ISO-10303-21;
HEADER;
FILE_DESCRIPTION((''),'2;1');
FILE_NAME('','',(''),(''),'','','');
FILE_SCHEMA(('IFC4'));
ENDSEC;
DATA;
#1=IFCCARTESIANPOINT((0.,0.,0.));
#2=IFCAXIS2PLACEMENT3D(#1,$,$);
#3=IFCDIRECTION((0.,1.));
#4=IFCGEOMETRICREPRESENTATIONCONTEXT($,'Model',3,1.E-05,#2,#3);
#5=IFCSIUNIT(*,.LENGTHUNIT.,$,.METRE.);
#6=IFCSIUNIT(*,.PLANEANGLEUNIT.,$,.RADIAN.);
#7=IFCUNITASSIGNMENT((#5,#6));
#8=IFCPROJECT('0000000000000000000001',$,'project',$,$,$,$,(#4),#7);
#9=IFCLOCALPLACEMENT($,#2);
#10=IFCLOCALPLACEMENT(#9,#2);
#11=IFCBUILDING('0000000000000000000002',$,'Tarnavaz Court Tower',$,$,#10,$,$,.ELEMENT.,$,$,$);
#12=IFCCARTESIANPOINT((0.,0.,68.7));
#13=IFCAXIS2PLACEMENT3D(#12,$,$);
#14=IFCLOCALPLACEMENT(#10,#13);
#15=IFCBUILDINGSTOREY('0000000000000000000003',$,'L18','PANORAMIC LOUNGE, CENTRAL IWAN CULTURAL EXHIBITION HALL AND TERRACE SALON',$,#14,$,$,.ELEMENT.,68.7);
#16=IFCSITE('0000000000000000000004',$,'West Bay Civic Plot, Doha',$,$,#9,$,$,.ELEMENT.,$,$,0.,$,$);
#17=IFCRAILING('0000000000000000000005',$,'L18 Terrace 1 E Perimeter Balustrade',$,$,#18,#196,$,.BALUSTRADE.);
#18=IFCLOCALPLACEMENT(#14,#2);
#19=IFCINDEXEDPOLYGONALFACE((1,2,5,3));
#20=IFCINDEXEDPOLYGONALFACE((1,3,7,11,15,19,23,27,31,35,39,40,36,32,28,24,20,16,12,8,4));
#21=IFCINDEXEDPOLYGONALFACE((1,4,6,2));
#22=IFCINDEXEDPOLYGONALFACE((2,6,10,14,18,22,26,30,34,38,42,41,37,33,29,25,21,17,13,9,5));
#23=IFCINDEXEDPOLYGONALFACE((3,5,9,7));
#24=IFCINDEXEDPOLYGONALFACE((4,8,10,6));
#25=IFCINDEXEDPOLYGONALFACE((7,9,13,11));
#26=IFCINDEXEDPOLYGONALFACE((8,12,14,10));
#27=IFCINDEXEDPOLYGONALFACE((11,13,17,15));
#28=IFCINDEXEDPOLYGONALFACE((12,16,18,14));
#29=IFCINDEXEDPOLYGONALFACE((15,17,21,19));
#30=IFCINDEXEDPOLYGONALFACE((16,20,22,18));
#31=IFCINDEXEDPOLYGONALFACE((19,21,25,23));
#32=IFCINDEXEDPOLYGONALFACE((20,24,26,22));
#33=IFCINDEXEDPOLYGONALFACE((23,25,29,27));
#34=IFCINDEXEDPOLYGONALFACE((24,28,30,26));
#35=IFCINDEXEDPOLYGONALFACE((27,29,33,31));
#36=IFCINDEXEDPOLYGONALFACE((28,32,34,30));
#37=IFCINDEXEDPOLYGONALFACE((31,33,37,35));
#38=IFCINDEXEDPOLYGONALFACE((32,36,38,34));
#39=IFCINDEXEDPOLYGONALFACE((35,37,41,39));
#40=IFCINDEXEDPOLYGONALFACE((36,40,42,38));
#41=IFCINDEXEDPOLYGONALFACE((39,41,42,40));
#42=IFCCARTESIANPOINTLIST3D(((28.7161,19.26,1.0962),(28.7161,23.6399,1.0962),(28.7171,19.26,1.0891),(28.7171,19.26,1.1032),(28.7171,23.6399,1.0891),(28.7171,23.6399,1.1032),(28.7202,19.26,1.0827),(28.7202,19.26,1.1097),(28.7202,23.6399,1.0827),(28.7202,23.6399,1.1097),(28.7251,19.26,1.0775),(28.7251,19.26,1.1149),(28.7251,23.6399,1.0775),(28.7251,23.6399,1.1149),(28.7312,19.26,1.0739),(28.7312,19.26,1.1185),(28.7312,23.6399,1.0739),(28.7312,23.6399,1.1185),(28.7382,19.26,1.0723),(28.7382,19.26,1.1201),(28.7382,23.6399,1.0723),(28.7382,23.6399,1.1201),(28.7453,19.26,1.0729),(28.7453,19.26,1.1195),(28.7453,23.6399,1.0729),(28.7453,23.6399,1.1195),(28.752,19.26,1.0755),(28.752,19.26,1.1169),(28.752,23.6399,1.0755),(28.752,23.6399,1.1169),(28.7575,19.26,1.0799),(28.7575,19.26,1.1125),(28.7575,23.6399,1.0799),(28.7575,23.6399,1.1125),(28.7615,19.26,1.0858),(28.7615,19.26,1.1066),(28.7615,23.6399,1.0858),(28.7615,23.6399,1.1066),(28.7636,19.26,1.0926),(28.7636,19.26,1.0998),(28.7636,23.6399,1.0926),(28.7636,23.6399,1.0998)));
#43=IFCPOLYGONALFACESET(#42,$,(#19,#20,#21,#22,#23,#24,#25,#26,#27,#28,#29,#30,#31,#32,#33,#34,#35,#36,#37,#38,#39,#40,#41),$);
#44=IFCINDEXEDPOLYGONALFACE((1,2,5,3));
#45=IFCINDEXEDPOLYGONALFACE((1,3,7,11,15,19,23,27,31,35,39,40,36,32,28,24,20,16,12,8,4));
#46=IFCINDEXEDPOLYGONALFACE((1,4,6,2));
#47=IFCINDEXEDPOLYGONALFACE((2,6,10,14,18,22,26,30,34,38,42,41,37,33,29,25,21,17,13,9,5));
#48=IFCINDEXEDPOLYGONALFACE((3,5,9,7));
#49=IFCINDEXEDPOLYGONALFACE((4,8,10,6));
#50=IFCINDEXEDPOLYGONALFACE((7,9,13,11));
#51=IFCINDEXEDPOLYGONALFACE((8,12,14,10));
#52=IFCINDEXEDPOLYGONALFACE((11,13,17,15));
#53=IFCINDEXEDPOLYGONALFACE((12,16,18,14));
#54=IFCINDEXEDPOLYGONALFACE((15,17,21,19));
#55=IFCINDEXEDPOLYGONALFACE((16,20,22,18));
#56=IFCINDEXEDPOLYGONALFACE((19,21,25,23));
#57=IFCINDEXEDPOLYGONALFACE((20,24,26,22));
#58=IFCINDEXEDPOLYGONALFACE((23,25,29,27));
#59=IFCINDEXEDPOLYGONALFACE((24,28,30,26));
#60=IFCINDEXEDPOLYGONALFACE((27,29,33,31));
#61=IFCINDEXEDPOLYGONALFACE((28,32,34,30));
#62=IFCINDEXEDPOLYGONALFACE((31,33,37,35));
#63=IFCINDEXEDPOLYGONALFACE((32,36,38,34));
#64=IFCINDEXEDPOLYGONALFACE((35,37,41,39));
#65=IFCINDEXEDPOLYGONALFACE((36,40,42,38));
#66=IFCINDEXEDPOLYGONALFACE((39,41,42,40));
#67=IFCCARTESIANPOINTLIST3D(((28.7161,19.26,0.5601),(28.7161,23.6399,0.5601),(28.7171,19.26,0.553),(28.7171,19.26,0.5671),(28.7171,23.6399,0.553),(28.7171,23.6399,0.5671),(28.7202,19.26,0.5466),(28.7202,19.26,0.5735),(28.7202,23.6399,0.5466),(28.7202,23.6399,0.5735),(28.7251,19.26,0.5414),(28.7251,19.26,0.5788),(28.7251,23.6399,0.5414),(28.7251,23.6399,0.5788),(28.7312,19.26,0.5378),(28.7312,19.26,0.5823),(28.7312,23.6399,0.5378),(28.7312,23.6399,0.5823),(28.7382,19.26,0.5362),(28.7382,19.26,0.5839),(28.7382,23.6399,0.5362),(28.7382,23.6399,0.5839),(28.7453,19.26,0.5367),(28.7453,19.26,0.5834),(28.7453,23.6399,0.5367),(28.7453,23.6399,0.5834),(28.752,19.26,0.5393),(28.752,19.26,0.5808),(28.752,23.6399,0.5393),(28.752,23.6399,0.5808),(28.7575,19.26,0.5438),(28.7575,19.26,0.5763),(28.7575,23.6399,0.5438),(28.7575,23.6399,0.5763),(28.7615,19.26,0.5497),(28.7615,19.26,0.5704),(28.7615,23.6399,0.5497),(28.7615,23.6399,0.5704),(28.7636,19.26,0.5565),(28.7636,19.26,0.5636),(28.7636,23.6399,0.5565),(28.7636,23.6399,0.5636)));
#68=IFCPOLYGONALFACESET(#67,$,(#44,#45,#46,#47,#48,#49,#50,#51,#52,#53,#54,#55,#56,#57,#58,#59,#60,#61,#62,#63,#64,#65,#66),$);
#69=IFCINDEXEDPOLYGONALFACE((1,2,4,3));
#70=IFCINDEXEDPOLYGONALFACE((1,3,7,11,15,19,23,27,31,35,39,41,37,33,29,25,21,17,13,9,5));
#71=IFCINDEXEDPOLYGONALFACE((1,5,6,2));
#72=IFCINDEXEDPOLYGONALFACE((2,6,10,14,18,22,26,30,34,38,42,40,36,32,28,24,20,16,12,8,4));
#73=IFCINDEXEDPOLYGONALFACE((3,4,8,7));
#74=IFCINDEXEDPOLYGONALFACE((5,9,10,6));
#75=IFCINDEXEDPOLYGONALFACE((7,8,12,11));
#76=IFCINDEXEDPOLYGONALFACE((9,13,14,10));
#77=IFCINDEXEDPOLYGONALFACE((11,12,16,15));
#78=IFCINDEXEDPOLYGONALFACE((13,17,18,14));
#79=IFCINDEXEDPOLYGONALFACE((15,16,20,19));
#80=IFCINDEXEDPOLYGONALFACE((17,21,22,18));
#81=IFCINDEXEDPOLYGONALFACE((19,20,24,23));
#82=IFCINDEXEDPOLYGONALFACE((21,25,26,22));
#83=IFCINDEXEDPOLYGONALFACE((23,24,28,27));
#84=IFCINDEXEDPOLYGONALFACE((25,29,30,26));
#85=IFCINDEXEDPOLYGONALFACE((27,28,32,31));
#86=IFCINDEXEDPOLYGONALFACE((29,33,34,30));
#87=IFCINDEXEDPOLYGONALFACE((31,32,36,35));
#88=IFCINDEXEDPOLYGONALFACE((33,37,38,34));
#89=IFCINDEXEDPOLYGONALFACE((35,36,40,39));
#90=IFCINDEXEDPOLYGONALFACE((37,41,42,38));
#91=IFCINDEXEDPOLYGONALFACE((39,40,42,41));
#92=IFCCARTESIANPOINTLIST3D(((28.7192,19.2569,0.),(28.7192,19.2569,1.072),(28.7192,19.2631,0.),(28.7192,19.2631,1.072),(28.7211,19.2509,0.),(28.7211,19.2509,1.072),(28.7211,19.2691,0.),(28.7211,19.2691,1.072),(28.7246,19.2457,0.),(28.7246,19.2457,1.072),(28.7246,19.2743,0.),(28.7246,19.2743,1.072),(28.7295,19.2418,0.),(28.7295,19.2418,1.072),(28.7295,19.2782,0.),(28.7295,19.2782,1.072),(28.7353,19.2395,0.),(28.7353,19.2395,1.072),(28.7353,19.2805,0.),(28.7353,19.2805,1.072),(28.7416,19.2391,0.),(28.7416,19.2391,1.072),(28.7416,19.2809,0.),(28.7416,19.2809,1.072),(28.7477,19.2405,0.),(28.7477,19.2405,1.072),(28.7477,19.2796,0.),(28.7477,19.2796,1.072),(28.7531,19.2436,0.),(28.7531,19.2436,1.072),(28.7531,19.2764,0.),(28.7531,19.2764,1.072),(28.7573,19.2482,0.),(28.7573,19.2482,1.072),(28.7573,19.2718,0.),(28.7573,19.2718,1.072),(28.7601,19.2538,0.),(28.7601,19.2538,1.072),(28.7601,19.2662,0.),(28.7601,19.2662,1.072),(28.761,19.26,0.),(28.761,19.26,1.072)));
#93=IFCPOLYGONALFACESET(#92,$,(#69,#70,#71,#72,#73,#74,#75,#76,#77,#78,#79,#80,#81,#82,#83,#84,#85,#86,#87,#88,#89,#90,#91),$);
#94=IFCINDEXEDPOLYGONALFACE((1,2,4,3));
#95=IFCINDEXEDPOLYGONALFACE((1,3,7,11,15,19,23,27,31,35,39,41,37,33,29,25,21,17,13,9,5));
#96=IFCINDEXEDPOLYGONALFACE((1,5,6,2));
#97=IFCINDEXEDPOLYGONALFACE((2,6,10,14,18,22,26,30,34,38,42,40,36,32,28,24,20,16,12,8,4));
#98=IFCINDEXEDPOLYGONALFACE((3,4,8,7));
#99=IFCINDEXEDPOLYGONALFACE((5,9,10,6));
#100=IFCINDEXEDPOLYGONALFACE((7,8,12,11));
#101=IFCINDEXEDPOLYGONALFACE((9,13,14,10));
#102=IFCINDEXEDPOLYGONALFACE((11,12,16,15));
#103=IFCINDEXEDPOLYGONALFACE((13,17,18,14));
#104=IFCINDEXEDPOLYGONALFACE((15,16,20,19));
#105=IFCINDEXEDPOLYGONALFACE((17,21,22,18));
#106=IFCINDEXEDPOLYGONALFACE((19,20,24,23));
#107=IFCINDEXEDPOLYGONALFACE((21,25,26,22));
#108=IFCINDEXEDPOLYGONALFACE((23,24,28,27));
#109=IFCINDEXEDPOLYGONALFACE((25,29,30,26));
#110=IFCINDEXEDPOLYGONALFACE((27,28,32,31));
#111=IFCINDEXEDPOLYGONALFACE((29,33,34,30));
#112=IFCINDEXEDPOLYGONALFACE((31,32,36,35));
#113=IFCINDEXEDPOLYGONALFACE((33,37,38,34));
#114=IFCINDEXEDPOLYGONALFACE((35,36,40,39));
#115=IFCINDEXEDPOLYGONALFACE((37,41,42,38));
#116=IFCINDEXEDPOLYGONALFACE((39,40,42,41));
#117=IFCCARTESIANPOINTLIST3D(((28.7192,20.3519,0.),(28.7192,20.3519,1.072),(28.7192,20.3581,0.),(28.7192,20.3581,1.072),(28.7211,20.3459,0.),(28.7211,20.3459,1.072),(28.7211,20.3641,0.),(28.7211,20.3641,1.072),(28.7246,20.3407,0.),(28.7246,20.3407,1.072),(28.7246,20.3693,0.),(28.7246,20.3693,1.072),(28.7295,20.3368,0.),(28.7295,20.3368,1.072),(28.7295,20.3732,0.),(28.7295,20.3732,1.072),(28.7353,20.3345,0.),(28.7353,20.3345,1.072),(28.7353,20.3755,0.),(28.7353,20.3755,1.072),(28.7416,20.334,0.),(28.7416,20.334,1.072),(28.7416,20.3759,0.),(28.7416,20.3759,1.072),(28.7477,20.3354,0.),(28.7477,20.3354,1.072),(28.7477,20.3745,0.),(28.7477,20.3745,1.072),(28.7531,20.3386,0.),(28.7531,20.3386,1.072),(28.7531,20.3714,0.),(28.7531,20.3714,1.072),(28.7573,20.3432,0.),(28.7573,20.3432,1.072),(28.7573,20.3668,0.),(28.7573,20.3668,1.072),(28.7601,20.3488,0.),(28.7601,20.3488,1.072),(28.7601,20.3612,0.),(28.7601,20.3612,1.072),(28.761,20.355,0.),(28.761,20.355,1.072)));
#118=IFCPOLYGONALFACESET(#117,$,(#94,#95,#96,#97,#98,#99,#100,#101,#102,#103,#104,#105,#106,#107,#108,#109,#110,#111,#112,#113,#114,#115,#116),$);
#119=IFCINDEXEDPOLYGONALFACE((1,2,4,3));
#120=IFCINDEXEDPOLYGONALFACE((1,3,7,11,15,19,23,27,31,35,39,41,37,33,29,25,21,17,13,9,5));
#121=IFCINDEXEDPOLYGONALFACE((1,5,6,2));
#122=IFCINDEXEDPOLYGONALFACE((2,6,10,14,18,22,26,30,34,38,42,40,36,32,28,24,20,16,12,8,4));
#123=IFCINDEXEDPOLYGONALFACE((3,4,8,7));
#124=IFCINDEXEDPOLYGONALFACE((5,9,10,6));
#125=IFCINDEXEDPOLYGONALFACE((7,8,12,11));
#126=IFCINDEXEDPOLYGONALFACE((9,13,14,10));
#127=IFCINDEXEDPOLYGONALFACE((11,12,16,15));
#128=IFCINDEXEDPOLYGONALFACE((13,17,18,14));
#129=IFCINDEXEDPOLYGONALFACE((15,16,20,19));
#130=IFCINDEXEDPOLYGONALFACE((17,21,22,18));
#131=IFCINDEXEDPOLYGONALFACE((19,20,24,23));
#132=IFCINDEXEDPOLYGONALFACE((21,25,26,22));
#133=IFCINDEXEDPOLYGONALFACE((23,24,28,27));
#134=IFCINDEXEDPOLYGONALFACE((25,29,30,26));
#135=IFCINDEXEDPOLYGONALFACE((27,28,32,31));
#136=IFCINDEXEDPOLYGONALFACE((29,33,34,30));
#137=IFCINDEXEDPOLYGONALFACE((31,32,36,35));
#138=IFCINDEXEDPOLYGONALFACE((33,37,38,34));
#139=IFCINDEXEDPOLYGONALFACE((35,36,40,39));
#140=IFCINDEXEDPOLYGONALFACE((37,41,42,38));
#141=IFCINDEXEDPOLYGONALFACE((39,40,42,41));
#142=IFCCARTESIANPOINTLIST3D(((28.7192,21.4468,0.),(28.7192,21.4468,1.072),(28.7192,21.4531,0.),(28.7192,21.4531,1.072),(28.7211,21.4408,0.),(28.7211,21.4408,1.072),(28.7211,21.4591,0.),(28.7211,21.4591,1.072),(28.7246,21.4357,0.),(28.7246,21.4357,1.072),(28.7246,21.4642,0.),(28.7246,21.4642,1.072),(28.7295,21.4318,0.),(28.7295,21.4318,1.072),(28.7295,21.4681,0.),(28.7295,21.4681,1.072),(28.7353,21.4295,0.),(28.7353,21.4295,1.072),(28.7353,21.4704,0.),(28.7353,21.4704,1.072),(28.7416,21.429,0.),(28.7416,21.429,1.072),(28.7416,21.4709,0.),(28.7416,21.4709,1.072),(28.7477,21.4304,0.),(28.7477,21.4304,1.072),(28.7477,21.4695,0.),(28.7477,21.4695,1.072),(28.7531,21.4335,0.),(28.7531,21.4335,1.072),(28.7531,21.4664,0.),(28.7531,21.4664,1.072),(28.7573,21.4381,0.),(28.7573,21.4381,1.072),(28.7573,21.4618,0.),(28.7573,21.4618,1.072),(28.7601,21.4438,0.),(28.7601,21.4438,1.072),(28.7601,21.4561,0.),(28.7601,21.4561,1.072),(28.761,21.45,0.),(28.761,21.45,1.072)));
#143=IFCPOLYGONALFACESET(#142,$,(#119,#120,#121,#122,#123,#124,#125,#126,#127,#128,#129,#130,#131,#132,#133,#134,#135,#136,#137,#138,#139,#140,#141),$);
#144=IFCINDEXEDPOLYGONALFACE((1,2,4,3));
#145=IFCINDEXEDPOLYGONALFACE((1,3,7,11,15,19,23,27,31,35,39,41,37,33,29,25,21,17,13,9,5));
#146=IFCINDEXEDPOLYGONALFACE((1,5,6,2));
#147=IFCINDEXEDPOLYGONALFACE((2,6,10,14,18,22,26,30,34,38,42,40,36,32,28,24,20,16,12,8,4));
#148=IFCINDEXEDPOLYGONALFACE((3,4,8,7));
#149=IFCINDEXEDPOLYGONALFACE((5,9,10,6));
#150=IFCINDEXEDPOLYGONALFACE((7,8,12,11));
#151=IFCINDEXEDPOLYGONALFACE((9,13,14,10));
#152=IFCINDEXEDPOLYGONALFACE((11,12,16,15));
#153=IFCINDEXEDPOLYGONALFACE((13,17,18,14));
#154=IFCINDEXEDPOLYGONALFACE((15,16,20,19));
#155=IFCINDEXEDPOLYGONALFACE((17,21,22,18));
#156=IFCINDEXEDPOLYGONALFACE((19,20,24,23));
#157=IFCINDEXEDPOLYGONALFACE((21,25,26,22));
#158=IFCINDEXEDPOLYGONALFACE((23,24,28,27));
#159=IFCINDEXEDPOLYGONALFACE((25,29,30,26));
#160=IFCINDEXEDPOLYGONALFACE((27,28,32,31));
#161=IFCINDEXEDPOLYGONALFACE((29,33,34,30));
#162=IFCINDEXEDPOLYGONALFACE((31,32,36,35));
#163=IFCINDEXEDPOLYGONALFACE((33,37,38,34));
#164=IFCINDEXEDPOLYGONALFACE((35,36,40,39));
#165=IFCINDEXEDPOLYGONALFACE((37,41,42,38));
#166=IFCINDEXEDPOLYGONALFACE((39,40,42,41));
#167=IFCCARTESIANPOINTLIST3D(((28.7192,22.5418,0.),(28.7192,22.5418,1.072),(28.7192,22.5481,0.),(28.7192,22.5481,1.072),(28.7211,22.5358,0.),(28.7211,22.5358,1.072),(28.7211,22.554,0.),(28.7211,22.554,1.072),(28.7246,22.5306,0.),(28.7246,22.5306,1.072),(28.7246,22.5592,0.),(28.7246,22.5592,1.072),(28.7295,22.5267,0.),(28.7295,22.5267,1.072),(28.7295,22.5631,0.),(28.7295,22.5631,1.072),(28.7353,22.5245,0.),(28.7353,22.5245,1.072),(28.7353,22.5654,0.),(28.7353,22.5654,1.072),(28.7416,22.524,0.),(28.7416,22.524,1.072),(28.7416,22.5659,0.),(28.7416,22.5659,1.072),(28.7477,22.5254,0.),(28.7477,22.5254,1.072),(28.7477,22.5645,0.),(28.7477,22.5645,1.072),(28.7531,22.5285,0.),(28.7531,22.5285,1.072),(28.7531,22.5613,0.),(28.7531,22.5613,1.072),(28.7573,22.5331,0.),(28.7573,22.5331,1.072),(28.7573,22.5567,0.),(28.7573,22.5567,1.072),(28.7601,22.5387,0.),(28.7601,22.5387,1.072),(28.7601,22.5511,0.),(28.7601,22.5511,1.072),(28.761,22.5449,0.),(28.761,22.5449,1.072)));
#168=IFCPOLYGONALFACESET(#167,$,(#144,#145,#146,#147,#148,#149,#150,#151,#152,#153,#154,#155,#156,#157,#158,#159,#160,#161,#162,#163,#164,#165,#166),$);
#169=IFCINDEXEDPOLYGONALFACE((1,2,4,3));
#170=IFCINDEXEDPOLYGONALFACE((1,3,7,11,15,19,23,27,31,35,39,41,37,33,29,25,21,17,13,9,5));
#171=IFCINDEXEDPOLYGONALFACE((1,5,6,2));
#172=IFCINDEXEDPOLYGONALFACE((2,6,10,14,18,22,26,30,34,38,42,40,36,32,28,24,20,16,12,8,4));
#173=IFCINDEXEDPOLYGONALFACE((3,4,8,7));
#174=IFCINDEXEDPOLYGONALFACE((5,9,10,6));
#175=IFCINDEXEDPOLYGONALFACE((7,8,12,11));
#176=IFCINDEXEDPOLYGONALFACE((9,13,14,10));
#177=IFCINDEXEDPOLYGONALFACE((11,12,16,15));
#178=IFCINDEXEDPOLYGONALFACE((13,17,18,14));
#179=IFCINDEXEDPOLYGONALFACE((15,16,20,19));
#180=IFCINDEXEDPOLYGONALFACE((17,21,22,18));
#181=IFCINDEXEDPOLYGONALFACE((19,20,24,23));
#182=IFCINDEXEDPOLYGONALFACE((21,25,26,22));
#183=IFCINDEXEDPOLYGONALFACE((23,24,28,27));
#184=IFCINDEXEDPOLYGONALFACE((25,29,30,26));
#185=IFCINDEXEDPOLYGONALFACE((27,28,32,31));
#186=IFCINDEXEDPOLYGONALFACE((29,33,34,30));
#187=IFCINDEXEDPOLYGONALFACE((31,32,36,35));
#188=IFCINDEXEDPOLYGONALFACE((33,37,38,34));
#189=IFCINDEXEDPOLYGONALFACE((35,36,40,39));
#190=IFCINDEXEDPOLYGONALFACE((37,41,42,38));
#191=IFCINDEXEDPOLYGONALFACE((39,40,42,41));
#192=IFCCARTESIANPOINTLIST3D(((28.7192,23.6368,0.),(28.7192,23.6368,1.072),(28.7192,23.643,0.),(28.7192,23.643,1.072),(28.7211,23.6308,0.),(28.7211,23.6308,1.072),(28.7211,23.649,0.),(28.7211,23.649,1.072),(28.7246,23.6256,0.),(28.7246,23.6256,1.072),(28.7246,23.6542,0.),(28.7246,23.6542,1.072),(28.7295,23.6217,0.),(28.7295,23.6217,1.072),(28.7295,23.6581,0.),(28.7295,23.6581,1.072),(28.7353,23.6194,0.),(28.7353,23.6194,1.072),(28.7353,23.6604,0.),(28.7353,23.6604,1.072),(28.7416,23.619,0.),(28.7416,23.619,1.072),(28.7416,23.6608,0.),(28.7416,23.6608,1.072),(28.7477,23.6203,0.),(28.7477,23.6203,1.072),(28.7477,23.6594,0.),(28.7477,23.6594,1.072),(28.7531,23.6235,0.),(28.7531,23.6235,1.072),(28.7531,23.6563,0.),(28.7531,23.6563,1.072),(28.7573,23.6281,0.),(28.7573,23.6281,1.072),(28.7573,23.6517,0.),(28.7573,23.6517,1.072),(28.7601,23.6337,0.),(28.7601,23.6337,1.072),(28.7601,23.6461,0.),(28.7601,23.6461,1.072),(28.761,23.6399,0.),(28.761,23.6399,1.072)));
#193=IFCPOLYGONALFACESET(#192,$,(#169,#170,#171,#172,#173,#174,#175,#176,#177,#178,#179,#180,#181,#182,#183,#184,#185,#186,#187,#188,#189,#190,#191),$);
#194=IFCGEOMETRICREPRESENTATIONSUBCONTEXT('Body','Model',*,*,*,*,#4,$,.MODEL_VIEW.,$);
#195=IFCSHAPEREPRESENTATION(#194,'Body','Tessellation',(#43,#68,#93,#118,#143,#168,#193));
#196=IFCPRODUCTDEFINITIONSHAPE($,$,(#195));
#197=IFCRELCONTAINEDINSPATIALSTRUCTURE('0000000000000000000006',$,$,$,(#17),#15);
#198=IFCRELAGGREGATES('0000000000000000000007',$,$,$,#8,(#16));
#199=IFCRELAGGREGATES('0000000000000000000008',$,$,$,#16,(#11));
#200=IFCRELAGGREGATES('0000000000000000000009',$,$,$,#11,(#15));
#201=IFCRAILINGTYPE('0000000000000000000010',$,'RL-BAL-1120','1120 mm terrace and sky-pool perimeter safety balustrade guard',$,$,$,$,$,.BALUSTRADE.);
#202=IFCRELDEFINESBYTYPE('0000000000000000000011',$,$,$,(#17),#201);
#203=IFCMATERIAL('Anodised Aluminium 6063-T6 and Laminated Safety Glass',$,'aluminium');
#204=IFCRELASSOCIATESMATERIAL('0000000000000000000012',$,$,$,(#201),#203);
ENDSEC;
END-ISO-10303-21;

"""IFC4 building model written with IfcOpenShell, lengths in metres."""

from ifc_helpers import new_model, si_unit, direction, frame, origin, origin_2d, place, context, subcontext, project, spatial, circle, extrude, material, type_object, element, save


model = new_model("IFC4")

# Units and contexts
model_context = context("Model", 3, precision=1e-05, world=origin(), true_north=direction((0.0, 1.0)))
body_context = subcontext(model_context, "Body", "Model", "MODEL_VIEW")
ifc_project = project(units=[si_unit("LENGTHUNIT", "METRE"), si_unit("PLANEANGLEUNIT", "RADIAN")], contexts=[model_context])

# Site, building, storey
site_placement = place(None, origin())
site = spatial("IfcSite", under=ifc_project, at=site_placement, Name="West Bay Civic Plot, Doha", CompositionType="ELEMENT", RefElevation=0.0)
building_placement = place(site_placement, origin())
building = spatial("IfcBuilding", under=site, at=building_placement, Name="Tarnavaz Court Tower", CompositionType="ELEMENT")
storey_placement = place(building_placement, frame((0.0, 0.0, 68.7)))
storey = spatial("IfcBuildingStorey", under=building, at=storey_placement, Name="L18", Description="PANORAMIC LOUNGE, CENTRAL IWAN CULTURAL EXHIBITION HALL AND TERRACE SALON", CompositionType="ELEMENT", Elevation=68.7)

# Railing
ifc_material_1 = material(Name="Anodised Aluminium 6063-T6 and Laminated Safety Glass", Category="aluminium")
railing_type = type_object("IfcRailingType", Name="RL-BAL-1120", Description="1120 mm terrace and sky-pool perimeter safety balustrade guard", PredefinedType="BALUSTRADE", material=ifc_material_1)
railing_1_placement = place(storey_placement, frame((28.74, 19.26, 0.0)))
element("IfcRailing", 1, at=railing_1_placement, inside=storey, type_object=railing_type, Name="L18 Terrace 1 E Perimeter Balustrade", PredefinedType="BALUSTRADE", context=body_context, shape_type="SweptSolid", body=[
    extrude(circle(Radius=0.0239, at=origin_2d()), frame((0.0, 0.0, 1.0962), z_axis=(0.0, 1.0, 0.0), x_axis=(-1.0, 0.0, 0.0)), (0.0, 0.0, 1.0), 4.3799),
    extrude(circle(Radius=0.0239, at=origin_2d()), frame((0.0, 0.0, 0.5601), z_axis=(0.0, 1.0, 0.0), x_axis=(-1.0, 0.0, 0.0)), (0.0, 0.0, 1.0), 4.3799),
    extrude(circle(Radius=0.021, at=origin_2d()), origin(), (0.0, 0.0, 1.0), 1.072),
    extrude(circle(Radius=0.021, at=origin_2d()), frame((0.0, 1.095, 0.0)), (0.0, 0.0, 1.0), 1.072),
    extrude(circle(Radius=0.021, at=origin_2d()), frame((0.0, 2.1899, 0.0)), (0.0, 0.0, 1.0), 1.072),
    extrude(circle(Radius=0.021, at=origin_2d()), frame((0.0, 3.2849, 0.0)), (0.0, 0.0, 1.0), 1.072),
    extrude(circle(Radius=0.021, at=origin_2d()), frame((0.0, 4.3799, 0.0)), (0.0, 0.0, 1.0), 1.072),
])

save(model, "model.ifc")
